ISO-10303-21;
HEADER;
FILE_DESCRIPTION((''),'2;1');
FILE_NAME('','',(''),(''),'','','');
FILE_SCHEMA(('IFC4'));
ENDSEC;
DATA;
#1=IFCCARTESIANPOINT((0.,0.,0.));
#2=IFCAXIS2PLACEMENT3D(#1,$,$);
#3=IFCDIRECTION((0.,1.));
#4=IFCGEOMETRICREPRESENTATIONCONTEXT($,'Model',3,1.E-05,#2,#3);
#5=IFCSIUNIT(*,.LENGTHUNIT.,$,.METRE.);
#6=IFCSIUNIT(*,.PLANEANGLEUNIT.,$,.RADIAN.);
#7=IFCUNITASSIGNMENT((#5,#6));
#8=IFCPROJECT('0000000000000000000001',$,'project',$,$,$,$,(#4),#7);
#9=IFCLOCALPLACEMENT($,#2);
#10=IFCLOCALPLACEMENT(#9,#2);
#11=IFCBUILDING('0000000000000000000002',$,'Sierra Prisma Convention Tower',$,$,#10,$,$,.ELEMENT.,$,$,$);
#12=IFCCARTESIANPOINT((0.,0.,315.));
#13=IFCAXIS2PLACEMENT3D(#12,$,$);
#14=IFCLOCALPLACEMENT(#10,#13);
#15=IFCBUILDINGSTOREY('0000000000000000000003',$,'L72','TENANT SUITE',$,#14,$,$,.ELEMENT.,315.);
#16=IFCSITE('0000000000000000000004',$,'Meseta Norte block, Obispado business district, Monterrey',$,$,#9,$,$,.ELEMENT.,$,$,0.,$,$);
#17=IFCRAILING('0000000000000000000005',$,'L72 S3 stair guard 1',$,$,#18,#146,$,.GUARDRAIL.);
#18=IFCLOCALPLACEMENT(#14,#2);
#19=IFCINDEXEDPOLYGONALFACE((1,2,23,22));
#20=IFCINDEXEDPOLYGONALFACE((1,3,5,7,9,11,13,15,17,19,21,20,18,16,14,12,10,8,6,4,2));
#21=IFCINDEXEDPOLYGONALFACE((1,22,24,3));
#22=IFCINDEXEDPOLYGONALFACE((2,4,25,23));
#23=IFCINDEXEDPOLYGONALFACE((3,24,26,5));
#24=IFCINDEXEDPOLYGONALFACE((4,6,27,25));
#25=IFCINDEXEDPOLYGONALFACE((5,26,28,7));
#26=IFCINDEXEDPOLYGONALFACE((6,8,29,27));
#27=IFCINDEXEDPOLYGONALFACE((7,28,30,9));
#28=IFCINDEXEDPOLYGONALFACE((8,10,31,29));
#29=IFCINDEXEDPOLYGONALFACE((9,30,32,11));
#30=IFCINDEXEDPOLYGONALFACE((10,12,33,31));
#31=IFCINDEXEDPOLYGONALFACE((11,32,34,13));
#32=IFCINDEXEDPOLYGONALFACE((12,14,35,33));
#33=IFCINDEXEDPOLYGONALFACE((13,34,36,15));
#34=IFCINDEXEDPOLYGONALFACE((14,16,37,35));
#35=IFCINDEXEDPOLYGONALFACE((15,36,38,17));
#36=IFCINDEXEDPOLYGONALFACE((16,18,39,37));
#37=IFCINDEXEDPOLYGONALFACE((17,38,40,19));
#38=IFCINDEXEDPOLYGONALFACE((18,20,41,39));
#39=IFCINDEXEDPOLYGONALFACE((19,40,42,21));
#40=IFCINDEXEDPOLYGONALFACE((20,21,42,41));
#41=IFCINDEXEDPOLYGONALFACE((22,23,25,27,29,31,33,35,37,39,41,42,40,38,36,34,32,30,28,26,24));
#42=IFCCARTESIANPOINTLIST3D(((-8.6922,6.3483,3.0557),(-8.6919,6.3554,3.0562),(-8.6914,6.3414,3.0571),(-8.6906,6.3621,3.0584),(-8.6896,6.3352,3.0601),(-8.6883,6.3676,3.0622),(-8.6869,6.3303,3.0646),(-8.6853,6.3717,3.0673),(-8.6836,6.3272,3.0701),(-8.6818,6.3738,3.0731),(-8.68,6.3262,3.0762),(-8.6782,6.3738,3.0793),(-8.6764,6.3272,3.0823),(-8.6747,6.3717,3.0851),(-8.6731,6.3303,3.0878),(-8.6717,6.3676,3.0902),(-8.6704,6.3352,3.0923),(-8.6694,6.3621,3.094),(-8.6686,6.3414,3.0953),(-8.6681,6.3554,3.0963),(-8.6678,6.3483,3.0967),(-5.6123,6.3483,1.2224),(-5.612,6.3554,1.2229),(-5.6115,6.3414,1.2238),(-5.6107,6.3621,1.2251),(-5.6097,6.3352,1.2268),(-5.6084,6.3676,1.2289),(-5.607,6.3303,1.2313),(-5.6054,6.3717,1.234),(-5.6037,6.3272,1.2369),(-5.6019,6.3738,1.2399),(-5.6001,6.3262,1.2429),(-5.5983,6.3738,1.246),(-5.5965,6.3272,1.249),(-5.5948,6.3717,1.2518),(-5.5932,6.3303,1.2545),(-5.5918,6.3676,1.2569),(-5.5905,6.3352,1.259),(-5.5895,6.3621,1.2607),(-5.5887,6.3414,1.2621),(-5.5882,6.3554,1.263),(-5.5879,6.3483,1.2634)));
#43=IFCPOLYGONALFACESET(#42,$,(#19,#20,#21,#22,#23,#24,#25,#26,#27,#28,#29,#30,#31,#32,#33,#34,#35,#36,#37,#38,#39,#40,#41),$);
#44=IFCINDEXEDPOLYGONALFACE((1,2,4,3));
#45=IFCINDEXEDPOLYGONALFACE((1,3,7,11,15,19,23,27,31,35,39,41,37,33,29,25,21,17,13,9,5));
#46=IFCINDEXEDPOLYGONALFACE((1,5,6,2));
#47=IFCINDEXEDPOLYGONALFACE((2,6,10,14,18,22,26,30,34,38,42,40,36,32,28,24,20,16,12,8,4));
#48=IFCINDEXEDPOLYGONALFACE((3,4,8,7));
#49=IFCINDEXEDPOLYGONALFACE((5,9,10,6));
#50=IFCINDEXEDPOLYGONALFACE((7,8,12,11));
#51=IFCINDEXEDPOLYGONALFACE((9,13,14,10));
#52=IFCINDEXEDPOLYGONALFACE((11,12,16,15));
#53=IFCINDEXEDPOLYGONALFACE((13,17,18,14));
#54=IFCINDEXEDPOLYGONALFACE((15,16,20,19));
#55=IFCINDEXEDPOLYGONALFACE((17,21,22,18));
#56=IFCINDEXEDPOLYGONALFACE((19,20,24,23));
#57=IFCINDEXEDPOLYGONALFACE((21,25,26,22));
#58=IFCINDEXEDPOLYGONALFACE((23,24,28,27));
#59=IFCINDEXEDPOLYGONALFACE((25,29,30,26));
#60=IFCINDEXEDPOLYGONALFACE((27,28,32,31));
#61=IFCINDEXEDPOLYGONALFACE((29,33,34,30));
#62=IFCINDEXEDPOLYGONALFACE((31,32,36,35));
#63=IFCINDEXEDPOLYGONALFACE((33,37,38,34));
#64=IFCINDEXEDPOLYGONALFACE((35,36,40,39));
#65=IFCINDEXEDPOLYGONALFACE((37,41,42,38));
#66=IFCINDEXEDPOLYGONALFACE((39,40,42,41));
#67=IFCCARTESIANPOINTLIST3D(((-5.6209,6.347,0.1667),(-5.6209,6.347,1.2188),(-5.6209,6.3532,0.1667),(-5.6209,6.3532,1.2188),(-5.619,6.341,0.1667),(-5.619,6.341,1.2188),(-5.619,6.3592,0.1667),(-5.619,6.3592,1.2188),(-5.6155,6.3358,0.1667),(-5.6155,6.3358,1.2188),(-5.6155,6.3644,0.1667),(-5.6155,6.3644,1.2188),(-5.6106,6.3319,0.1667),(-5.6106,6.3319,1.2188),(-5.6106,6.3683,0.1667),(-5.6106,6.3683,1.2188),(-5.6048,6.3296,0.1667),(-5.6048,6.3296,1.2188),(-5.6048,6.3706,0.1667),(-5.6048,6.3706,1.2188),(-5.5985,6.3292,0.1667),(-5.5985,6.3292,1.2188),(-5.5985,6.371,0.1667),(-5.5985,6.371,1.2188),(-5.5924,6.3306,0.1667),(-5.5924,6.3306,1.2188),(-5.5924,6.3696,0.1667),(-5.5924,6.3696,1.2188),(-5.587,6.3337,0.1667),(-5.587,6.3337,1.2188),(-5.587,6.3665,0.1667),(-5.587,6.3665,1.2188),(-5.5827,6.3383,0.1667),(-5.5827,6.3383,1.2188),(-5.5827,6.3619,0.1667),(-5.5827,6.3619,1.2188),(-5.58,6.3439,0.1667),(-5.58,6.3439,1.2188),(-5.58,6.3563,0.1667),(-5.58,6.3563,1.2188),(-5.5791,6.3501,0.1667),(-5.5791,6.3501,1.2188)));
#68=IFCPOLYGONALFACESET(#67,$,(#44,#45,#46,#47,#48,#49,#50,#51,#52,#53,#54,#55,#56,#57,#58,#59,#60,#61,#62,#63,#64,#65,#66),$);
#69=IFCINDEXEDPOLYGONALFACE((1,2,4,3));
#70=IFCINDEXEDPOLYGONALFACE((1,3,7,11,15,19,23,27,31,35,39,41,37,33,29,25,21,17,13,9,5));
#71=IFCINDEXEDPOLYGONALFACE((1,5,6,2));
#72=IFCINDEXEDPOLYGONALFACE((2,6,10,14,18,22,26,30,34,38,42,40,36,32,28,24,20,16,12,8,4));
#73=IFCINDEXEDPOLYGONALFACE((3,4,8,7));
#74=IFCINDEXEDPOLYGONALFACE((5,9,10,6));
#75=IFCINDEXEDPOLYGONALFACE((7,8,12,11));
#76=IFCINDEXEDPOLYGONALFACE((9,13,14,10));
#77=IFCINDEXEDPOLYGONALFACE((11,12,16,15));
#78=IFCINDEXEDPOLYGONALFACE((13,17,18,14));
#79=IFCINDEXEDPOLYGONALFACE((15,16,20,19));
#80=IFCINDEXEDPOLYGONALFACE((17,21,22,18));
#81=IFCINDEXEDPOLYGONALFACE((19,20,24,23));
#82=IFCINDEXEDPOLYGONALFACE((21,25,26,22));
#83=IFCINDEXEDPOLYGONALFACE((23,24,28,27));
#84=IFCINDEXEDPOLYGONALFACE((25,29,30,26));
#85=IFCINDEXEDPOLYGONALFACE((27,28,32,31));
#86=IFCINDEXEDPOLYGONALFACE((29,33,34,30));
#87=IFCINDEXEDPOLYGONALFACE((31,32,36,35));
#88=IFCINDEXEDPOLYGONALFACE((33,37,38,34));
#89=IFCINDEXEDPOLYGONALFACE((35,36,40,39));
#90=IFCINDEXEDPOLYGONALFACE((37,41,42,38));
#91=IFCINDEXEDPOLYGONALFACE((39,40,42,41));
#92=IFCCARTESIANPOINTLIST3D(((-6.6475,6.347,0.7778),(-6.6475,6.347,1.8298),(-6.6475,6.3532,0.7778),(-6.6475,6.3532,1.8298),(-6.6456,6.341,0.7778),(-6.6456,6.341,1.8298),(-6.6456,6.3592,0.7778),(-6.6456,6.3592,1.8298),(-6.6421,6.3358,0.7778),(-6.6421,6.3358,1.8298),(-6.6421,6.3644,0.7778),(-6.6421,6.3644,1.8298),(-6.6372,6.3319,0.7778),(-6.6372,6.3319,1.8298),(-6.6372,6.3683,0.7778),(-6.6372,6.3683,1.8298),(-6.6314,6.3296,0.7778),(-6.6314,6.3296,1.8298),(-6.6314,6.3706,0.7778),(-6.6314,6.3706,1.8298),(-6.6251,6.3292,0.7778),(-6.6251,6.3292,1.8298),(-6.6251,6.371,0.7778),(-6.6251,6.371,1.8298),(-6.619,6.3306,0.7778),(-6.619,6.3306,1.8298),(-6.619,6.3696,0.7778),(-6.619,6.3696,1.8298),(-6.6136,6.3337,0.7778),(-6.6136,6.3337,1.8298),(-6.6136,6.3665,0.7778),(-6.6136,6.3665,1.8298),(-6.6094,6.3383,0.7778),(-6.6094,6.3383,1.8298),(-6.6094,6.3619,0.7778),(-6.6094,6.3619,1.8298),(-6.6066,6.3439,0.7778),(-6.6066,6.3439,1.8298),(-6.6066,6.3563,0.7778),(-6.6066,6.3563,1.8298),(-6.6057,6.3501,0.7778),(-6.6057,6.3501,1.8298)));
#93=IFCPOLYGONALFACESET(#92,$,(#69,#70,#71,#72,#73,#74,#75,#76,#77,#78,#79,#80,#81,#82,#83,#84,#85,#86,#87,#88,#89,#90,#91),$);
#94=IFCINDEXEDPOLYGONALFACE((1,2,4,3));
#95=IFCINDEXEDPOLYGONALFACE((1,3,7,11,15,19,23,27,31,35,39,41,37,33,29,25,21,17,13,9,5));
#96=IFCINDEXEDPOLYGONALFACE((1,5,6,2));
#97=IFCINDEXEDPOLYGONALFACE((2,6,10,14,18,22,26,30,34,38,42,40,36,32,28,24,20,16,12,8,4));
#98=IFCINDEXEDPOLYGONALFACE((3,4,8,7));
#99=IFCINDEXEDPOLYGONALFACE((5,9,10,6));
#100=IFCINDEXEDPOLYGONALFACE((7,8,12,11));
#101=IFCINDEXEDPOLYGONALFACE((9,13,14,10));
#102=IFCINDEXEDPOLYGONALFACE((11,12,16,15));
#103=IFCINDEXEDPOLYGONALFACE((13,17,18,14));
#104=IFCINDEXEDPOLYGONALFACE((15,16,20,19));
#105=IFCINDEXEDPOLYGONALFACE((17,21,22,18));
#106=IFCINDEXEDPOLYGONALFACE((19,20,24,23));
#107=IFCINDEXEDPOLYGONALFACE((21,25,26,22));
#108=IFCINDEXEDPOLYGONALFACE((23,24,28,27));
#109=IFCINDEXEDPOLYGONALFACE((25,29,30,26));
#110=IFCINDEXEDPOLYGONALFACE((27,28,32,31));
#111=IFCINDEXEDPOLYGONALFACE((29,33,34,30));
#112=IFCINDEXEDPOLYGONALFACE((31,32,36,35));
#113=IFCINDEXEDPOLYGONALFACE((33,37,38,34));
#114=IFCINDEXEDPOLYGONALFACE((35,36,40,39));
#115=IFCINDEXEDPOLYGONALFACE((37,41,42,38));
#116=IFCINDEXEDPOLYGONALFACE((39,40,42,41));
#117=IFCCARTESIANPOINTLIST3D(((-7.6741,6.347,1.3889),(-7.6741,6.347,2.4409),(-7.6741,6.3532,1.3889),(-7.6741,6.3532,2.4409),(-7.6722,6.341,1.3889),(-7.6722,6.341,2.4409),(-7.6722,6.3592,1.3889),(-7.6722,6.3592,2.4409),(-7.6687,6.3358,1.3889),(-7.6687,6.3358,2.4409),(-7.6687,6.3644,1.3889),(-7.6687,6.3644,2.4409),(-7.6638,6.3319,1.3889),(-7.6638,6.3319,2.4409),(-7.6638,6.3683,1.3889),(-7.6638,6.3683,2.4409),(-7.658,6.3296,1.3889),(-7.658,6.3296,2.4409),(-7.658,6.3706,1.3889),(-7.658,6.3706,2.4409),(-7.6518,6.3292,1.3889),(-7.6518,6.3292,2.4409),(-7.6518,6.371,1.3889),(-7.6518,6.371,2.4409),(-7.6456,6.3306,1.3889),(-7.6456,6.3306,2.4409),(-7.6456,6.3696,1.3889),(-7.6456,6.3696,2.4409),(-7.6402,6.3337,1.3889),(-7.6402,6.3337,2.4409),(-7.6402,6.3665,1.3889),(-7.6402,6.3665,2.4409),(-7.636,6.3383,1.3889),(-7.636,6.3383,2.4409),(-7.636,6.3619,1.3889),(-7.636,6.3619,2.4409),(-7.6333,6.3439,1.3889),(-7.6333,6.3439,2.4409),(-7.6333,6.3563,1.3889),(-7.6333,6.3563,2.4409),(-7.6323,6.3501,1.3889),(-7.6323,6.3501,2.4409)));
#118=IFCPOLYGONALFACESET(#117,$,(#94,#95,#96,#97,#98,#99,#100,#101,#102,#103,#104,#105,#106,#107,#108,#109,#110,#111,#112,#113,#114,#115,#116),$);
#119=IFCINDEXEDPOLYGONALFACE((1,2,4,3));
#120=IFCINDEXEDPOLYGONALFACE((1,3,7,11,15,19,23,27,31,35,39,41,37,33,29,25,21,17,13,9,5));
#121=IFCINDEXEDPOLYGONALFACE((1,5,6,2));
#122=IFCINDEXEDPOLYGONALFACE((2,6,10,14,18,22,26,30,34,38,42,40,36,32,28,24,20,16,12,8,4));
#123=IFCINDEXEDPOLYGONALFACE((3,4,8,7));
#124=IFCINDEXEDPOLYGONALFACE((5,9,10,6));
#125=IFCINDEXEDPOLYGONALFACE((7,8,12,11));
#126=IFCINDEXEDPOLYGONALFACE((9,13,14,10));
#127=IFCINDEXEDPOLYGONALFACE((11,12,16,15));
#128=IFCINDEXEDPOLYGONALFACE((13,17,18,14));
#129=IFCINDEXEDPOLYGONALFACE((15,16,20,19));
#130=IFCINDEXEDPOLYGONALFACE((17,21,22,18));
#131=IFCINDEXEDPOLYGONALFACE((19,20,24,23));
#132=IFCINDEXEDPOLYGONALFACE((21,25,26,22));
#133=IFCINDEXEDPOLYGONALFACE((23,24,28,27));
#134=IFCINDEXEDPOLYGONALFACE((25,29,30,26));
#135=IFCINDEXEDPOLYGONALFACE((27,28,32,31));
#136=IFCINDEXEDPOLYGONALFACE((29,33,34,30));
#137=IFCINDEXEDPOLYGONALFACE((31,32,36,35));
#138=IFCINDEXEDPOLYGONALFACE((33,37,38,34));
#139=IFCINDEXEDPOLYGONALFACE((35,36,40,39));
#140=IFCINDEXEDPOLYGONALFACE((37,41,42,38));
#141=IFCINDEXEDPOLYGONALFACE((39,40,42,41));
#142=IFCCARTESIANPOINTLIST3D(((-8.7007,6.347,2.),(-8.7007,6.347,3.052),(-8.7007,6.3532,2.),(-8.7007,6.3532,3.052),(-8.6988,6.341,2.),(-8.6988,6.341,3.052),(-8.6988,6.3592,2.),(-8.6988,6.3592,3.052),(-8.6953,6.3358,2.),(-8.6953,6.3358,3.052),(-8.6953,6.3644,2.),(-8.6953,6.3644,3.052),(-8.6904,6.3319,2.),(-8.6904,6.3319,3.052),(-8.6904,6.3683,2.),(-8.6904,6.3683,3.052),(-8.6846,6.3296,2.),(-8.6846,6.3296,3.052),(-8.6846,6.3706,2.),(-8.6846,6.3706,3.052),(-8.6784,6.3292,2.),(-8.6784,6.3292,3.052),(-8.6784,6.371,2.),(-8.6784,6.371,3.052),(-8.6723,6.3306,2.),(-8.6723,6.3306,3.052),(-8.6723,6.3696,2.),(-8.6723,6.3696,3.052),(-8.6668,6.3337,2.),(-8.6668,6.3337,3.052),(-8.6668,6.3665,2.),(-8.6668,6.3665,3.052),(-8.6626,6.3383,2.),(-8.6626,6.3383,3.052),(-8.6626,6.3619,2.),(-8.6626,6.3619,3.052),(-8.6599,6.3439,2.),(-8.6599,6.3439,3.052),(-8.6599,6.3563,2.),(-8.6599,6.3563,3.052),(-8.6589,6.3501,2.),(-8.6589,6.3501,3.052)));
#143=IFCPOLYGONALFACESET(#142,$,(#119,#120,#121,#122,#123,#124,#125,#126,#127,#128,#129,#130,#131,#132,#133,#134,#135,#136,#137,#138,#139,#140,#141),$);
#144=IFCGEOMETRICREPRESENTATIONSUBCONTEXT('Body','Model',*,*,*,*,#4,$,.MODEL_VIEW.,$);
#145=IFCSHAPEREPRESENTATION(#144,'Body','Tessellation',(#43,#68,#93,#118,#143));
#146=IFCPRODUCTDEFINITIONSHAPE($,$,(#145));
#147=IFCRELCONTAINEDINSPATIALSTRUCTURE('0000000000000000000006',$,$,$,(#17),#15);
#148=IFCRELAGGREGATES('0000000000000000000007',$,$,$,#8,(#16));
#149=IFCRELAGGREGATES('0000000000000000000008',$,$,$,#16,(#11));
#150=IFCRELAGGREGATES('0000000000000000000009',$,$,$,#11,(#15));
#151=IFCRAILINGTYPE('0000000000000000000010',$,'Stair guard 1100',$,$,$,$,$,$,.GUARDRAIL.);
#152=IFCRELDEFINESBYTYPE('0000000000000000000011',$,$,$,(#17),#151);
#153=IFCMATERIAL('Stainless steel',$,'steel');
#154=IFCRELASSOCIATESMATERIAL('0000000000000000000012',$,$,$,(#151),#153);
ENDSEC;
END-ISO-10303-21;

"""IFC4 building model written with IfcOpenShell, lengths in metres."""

from ifc_helpers import new_model, si_unit, direction, frame, origin, origin_2d, place, context, subcontext, project, spatial, circle, extrude, material, type_object, element, save


model = new_model("IFC4")

# Units and contexts
model_context = context("Model", 3, precision=1e-05, world=origin(), true_north=direction((0.0, 1.0)))
body_context = subcontext(model_context, "Body", "Model", "MODEL_VIEW")
ifc_project = project(units=[si_unit("LENGTHUNIT", "METRE"), si_unit("PLANEANGLEUNIT", "RADIAN")], contexts=[model_context])

# Site, building, storey
site_placement = place(None, origin())
site = spatial("IfcSite", under=ifc_project, at=site_placement, Name="Meseta Norte block, Obispado business district, Monterrey", CompositionType="ELEMENT", RefElevation=0.0)
building_placement = place(site_placement, origin())
building = spatial("IfcBuilding", under=site, at=building_placement, Name="Sierra Prisma Convention Tower", CompositionType="ELEMENT")
storey_placement = place(building_placement, frame((0.0, 0.0, 315.0)))
storey = spatial("IfcBuildingStorey", under=building, at=storey_placement, Name="L72", Description="TENANT SUITE", CompositionType="ELEMENT", Elevation=315.0)

# Railing
ifc_material_1 = material(Name="Stainless steel", Category="steel")
railing_type_1 = type_object("IfcRailingType", Name="Stair guard 1100", PredefinedType="GUARDRAIL", material=ifc_material_1)
railing_1_placement = place(storey_placement, frame((-5.6001, 6.3501, 0.1667)))
element("IfcRailing", 1, at=railing_1_placement, inside=storey, type_object=railing_type_1, Name="L72 S3 stair guard 1", PredefinedType="GUARDRAIL", context=body_context, shape_type="SweptSolid", body=[
    extrude(circle(Radius=0.0239, at=origin_2d()), frame((0.0, 0.0, 1.0762), z_axis=(-0.859291, 0.0, 0.511487), x_axis=(0.0, -1.0, 0.0)), (0.0, 0.0, 1.0), 3.5842),
    extrude(circle(Radius=0.021, at=origin_2d()), origin(), (0.0, 0.0, 1.0), 1.052),
    extrude(circle(Radius=0.021, at=origin_2d()), frame((-1.0266, 0.0, 0.6111)), (0.0, 0.0, 1.0), 1.052),
    extrude(circle(Radius=0.021, at=origin_2d()), frame((-2.0532, 0.0, 1.2222)), (0.0, 0.0, 1.0), 1.052),
    extrude(circle(Radius=0.021, at=origin_2d()), frame((-3.0798, 0.0, 1.8333)), (0.0, 0.0, 1.0), 1.052),
])

save(model, "model.ifc")
